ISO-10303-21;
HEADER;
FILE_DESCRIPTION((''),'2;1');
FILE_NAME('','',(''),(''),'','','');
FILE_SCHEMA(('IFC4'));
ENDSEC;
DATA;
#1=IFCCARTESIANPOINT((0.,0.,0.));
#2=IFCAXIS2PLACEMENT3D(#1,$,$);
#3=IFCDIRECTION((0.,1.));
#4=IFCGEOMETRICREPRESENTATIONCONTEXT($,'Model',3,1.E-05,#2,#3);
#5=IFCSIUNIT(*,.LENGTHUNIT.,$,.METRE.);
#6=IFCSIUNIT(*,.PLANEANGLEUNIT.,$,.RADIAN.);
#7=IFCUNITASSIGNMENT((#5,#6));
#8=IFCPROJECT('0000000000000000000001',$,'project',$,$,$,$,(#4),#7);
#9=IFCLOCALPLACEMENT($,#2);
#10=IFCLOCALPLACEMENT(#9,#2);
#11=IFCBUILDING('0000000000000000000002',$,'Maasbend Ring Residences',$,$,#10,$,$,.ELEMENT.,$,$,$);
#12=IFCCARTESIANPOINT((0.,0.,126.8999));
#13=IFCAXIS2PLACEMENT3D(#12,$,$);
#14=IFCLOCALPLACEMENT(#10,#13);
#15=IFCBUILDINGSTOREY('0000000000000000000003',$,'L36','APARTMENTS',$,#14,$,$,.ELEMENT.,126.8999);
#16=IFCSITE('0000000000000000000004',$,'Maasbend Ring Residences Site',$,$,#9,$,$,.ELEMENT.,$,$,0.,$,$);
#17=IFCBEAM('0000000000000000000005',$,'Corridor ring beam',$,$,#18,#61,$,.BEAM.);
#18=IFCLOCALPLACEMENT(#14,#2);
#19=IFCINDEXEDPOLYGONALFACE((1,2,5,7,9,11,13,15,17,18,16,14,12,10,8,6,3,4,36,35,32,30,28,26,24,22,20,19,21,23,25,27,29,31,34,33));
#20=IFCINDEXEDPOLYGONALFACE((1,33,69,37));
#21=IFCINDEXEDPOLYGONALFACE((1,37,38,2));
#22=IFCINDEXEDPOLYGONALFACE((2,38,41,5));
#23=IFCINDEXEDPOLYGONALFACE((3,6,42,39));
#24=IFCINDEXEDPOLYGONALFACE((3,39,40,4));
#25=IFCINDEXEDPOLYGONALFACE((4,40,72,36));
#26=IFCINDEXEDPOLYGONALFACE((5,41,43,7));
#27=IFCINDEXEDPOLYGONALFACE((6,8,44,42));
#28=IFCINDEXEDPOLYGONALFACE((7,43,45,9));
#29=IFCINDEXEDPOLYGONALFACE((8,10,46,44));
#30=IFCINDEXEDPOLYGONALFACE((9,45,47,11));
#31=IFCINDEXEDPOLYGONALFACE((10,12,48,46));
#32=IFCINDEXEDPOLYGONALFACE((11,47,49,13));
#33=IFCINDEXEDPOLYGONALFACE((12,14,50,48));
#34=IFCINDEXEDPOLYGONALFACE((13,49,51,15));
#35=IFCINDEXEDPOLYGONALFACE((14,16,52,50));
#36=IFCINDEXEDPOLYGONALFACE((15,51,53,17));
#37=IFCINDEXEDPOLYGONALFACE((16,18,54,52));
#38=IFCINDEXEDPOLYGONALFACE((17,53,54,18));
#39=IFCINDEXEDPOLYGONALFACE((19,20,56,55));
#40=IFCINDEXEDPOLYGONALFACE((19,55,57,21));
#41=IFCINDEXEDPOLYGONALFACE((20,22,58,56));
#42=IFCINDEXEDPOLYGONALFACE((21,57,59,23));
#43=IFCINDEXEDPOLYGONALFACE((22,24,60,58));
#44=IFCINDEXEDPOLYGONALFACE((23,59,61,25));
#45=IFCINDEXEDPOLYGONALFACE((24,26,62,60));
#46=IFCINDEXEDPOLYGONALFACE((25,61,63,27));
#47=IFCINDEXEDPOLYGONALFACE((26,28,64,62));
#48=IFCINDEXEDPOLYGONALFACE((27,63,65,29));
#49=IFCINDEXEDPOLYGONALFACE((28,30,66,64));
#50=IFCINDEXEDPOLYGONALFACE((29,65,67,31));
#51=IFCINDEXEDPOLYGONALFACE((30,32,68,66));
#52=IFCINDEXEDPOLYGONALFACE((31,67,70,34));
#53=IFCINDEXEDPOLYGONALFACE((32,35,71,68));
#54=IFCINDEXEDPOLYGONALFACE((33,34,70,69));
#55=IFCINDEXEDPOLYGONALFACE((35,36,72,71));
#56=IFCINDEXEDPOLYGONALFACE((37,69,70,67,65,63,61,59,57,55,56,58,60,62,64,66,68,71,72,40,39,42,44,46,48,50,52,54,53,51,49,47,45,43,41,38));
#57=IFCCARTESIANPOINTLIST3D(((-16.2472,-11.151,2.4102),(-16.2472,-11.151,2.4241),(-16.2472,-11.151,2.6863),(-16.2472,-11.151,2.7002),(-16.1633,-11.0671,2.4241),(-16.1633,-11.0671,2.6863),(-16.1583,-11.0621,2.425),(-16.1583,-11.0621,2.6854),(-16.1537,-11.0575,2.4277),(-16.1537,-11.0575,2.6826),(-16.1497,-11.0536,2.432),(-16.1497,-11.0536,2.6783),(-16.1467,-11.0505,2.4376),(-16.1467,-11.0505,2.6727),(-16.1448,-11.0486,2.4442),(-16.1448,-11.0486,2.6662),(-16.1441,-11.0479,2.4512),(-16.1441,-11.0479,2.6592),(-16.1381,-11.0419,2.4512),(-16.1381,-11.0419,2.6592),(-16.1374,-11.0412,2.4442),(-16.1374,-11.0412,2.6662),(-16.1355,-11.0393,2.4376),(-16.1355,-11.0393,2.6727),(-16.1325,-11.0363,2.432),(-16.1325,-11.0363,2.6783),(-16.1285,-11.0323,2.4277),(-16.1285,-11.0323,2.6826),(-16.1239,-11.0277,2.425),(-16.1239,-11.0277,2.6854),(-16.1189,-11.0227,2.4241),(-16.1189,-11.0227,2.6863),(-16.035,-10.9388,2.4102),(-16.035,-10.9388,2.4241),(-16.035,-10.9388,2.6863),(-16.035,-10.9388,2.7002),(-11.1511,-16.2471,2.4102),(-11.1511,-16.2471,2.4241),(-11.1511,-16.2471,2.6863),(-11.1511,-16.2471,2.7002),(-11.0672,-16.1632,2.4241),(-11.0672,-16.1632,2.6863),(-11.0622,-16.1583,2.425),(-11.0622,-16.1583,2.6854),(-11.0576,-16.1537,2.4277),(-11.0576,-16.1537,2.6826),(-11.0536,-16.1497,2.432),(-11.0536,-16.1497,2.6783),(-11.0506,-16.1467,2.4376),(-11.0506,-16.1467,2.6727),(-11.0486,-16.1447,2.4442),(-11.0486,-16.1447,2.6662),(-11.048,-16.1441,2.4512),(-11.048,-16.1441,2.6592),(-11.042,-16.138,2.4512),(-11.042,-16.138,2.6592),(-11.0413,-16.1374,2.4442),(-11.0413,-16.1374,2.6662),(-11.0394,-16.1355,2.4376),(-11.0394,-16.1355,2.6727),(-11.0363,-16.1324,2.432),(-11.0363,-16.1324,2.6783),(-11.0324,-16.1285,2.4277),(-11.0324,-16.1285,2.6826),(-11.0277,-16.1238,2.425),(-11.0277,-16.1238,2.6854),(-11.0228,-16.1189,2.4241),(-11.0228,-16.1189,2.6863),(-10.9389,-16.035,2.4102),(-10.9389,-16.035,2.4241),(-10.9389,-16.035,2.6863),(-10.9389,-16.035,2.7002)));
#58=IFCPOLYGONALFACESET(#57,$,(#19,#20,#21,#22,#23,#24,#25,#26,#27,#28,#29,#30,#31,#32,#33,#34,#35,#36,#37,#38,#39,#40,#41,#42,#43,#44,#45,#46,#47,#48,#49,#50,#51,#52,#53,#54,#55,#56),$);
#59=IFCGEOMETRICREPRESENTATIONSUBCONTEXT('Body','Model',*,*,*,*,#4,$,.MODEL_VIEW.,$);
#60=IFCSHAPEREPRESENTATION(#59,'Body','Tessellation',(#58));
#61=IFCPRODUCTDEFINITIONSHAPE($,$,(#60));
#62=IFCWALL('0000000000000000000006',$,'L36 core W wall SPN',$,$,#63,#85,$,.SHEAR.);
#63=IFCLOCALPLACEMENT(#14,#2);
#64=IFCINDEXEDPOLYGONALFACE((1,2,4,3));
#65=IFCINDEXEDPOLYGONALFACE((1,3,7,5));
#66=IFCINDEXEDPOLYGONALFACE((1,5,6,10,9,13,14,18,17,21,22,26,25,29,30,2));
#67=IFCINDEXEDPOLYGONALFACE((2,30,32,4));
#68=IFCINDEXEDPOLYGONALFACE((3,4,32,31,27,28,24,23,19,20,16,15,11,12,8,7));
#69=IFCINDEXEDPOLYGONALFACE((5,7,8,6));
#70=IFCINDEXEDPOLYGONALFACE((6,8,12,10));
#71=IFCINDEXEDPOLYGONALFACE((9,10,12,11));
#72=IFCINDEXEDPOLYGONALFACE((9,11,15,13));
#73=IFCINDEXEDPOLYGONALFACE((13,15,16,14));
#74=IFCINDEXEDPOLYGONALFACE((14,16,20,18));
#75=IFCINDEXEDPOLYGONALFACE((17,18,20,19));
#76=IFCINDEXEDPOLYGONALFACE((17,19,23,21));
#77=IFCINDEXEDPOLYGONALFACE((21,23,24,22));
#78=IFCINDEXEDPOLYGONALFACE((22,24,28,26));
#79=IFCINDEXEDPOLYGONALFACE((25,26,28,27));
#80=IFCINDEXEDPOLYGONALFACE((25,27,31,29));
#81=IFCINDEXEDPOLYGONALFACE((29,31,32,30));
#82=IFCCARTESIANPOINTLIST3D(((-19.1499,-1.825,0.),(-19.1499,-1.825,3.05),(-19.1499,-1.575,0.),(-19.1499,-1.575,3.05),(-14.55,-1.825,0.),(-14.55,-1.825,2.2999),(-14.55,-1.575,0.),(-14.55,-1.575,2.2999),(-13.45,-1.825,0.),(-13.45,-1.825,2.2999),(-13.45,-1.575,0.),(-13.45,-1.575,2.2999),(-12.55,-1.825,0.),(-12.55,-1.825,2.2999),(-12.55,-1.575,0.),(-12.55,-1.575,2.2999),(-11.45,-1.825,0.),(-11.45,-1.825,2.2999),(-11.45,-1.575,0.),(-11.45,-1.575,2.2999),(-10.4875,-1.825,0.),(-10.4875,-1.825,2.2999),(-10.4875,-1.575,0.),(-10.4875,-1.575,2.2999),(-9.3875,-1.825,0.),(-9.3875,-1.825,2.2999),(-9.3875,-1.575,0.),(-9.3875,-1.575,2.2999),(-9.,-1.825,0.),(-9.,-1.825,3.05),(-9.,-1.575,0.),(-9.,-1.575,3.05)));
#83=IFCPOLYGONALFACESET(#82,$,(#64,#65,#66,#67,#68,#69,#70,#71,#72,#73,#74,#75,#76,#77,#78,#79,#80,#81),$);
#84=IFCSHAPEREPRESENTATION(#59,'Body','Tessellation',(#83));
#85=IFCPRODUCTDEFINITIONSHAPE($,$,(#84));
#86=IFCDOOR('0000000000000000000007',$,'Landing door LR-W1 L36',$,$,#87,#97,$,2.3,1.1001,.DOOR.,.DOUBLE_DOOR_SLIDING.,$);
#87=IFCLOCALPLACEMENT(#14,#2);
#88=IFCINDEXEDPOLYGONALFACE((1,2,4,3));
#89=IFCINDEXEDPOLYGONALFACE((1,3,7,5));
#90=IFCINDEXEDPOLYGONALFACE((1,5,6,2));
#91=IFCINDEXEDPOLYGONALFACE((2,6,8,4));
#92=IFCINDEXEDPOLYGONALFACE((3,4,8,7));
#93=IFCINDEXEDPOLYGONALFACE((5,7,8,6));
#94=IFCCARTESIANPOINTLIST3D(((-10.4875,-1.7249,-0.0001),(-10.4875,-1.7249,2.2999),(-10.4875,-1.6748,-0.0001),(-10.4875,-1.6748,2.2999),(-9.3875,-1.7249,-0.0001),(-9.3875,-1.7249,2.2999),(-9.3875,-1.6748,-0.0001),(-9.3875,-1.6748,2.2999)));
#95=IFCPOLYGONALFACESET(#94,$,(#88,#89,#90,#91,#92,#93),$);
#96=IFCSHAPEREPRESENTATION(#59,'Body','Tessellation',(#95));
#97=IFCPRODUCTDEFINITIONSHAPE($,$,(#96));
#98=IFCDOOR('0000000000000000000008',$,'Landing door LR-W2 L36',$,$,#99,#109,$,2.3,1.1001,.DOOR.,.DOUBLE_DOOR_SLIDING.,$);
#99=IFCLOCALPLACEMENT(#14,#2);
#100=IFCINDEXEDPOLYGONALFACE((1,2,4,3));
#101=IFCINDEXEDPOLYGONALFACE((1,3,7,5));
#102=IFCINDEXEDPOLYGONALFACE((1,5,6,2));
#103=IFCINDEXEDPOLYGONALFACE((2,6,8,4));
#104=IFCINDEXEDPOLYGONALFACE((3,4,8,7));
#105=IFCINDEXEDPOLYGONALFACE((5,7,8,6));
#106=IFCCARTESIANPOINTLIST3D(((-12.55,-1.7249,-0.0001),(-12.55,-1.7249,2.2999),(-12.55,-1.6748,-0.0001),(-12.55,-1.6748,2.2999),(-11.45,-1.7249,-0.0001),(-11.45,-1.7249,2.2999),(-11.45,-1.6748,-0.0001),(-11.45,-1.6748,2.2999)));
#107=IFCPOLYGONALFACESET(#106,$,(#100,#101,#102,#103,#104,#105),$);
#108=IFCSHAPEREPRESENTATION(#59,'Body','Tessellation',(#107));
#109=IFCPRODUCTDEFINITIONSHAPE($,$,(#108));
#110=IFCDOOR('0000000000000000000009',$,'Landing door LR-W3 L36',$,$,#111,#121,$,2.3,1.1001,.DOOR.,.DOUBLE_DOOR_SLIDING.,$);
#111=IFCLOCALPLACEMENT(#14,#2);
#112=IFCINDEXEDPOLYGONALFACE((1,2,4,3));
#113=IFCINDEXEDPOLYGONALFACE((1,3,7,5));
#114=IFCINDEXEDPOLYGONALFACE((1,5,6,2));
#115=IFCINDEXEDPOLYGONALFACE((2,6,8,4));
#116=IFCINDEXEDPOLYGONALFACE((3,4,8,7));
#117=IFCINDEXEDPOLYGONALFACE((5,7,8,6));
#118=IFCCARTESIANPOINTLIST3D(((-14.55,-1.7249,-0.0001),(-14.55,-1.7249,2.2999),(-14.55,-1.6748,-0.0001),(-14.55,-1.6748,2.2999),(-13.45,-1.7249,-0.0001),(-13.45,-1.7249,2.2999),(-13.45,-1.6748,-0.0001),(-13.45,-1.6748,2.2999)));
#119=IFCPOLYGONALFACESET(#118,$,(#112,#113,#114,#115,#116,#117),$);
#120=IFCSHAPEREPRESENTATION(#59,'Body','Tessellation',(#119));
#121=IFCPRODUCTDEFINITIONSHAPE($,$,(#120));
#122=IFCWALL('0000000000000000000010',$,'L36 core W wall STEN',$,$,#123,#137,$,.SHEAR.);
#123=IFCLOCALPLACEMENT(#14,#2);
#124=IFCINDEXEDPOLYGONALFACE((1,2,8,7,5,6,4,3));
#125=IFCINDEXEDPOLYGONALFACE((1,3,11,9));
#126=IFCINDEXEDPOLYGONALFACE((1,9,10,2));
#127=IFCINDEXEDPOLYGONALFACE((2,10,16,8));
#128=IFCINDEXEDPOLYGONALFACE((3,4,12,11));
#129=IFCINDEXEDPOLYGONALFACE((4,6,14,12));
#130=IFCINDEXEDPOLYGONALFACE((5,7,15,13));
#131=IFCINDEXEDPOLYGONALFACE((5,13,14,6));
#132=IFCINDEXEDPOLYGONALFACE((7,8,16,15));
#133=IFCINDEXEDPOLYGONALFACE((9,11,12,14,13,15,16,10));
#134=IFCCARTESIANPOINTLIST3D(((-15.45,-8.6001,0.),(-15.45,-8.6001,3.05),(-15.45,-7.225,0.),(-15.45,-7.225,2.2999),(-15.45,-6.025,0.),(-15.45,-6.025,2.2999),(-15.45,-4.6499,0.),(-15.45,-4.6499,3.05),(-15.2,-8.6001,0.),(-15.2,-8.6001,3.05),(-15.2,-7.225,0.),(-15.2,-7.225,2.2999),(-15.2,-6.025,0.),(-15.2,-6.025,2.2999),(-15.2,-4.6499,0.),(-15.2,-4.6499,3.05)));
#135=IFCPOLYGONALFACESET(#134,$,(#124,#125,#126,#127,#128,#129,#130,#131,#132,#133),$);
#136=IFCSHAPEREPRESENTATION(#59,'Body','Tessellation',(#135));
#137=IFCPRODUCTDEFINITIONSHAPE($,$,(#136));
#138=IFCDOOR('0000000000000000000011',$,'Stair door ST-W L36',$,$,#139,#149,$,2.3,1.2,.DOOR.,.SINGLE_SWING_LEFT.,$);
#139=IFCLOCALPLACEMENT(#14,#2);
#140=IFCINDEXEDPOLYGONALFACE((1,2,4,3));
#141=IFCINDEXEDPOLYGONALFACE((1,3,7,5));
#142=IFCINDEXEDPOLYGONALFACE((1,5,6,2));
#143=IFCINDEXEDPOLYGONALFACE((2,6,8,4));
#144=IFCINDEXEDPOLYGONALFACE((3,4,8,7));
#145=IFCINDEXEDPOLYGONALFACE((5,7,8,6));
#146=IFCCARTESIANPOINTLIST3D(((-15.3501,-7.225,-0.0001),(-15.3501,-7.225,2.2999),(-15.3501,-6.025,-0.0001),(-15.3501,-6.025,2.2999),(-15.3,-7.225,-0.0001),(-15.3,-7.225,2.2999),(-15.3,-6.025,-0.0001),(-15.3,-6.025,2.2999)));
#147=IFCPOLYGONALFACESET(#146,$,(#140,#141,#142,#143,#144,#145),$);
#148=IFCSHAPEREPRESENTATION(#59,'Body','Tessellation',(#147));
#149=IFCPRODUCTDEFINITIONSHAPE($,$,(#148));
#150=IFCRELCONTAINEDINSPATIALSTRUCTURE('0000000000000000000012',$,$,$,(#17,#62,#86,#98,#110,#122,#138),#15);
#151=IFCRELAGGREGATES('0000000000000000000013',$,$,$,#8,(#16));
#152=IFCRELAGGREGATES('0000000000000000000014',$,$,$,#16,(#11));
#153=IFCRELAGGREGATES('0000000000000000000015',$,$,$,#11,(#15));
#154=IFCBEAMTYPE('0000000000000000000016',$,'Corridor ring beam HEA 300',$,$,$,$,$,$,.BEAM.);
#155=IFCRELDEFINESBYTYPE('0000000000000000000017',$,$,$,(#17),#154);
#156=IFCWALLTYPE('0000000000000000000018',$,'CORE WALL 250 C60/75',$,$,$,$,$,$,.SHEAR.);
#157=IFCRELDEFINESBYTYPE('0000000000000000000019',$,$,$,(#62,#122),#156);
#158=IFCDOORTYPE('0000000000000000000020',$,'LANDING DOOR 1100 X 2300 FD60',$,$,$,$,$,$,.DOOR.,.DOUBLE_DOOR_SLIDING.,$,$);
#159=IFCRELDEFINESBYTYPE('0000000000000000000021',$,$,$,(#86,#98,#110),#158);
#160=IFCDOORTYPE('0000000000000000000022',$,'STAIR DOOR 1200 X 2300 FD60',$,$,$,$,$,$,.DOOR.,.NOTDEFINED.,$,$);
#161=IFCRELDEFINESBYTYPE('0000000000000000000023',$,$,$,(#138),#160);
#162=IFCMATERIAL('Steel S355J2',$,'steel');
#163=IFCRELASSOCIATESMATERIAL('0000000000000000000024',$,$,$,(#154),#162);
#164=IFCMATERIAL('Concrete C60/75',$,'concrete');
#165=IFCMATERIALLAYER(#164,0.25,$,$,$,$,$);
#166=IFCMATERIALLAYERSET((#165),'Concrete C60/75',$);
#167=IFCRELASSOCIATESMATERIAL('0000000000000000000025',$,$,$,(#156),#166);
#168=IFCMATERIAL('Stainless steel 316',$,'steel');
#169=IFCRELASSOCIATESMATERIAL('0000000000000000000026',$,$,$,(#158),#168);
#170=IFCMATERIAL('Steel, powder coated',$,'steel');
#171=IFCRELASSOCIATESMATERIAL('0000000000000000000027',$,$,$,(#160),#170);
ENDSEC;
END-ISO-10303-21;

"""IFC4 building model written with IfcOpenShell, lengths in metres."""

from ifc_helpers import new_model, si_unit, direction, frame, frame_2d, origin, origin_2d, place, context, subcontext, project, spatial, rectangle, i_section, extrude, material, layer, layer_set, material_profile, profile_set, type_object, element, fill, save


model = new_model("IFC4")

# Units and contexts
model_context = context("Model", 3, precision=1e-05, world=origin(), true_north=direction((0.0, 1.0)))
body_context = subcontext(model_context, "Body", "Model", "MODEL_VIEW")
ifc_project = project(units=[si_unit("LENGTHUNIT", "METRE"), si_unit("PLANEANGLEUNIT", "RADIAN")], contexts=[model_context])

# Site, building, storey
site_placement = place(None, origin())
site = spatial("IfcSite", under=ifc_project, at=site_placement, Name="Maasbend Ring Residences Site", CompositionType="ELEMENT", RefElevation=0.0)
building_placement = place(site_placement, origin())
building = spatial("IfcBuilding", under=site, at=building_placement, Name="Maasbend Ring Residences", CompositionType="ELEMENT")
storey_placement = place(building_placement, frame((0.0, 0.0, 126.8999)))
storey = spatial("IfcBuildingStorey", under=building, at=storey_placement, Name="L36", Description="APARTMENTS", CompositionType="ELEMENT", Elevation=126.8999)

# Beam
ifc_material_1 = material(Name="Steel S355J2", Category="steel")
ifc_material_profile = material_profile(ifc_material_1, i_section(OverallWidth=0.3, OverallDepth=0.29, WebThickness=0.0085, FlangeThickness=0.0139, FilletRadius=0.0271, at=origin_2d()), Name="HEA 300")
ifc_profile_set = profile_set([ifc_material_profile], Name="Steel S355J2")
beam_type = type_object("IfcBeamType", Name="Corridor ring beam HEA 300", PredefinedType="BEAM", material=ifc_profile_set)
beam_placement = place(storey_placement, frame((-16.1411, -11.0449, 2.5552), z_axis=(0.707107, -0.707107, 0.0), x_axis=(0.707107, 0.707107, 0.0)))
element("IfcBeam", 1, at=beam_placement, inside=storey, type_object=beam_type, Name="Corridor ring beam", PredefinedType="BEAM", context=body_context, shape_type="SweptSolid", body=[
    extrude(i_section(OverallWidth=0.3, OverallDepth=0.29, WebThickness=0.0085, FlangeThickness=0.0139, FilletRadius=0.0271, at=origin_2d()), origin(), (0.0, 0.0, 1.0), 7.207),
])

# Wall, openings, doors
ifc_material_2 = material(Name="Concrete C60/75", Category="concrete")
ifc_layer_1 = layer(ifc_material_2, 0.25)
ifc_layer_set_1 = layer_set([ifc_layer_1], Name="Concrete C60/75")
wall_type_1 = type_object("IfcWallType", Name="CORE WALL 250 C60/75", PredefinedType="SHEAR", material=ifc_layer_set_1)
wall_1_placement = place(storey_placement, frame((-9.0, -1.7, 0.0), z_axis=(0.0, 0.0, 1.0), x_axis=(-1.0, 0.0, 0.0)))
wall_1 = element("IfcWall", 2, at=wall_1_placement, inside=storey, type_object=wall_type_1, Name="L36 core W wall SPN", PredefinedType="SHEAR", context=body_context, shape_type="SweptSolid", body=[
    extrude(rectangle(XDim=10.1499, YDim=0.25, at=frame_2d((5.075, 0.0))), origin(), (0.0, 0.0, 1.0), 3.05),
])
opening_1_placement = place(wall_1_placement, frame((0.3875, 0.0, 0.0)))
opening_1 = element("IfcOpeningElement", 3, at=opening_1_placement, cuts=wall_1, PredefinedType="OPENING", context=body_context, shape_type="SweptSolid", body=[
    extrude(rectangle(XDim=1.1001, YDim=2.3, at=frame_2d((0.55, 1.1499))), frame((0.0, 0.135, 0.0), z_axis=(0.0, -1.0, 0.0), x_axis=(1.0, 0.0, 0.0)), (0.0, 0.0, 1.0), 0.27),
])
opening_2_placement = place(wall_1_placement, frame((2.45, 0.0, 0.0)))
opening_2 = element("IfcOpeningElement", 4, at=opening_2_placement, cuts=wall_1, PredefinedType="OPENING", context=body_context, shape_type="SweptSolid", body=[
    extrude(rectangle(XDim=1.1001, YDim=2.3, at=frame_2d((0.55, 1.1499))), frame((0.0, 0.135, 0.0), z_axis=(0.0, -1.0, 0.0), x_axis=(1.0, 0.0, 0.0)), (0.0, 0.0, 1.0), 0.27),
])
opening_3_placement = place(wall_1_placement, frame((4.45, 0.0, 0.0)))
opening_3 = element("IfcOpeningElement", 5, at=opening_3_placement, cuts=wall_1, PredefinedType="OPENING", context=body_context, shape_type="SweptSolid", body=[
    extrude(rectangle(XDim=1.1001, YDim=2.3, at=frame_2d((0.55, 1.1499))), frame((0.0, 0.135, 0.0), z_axis=(0.0, -1.0, 0.0), x_axis=(1.0, 0.0, 0.0)), (0.0, 0.0, 1.0), 0.27),
])
ifc_material_3 = material(Name="Stainless steel 316", Category="steel")
door_type_1 = type_object("IfcDoorType", Name="LANDING DOOR 1100 X 2300 FD60", OperationType="DOUBLE_DOOR_SLIDING", PredefinedType="DOOR", material=ifc_material_3)
door_1_placement = place(opening_1_placement, origin())
door_1 = element("IfcDoor", 6, at=door_1_placement, inside=storey, type_object=door_type_1, Name="Landing door LR-W1 L36", OperationType="DOUBLE_DOOR_SLIDING", OverallHeight=2.3, OverallWidth=1.1001, PredefinedType="DOOR", context=body_context, shape_type="SweptSolid", body=[
    extrude(rectangle(XDim=1.1001, YDim=2.3, at=frame_2d((0.55, 1.1499))), frame((0.0, 0.0249, 0.0), z_axis=(0.0, -1.0, 0.0), x_axis=(1.0, 0.0, 0.0)), (0.0, 0.0, 1.0), 0.05),
])
fill(opening_1, door_1)
door_2_placement = place(opening_2_placement, origin())
door_2 = element("IfcDoor", 7, at=door_2_placement, inside=storey, type_object=door_type_1, Name="Landing door LR-W2 L36", OperationType="DOUBLE_DOOR_SLIDING", OverallHeight=2.3, OverallWidth=1.1001, PredefinedType="DOOR", context=body_context, shape_type="SweptSolid", body=[
    extrude(rectangle(XDim=1.1001, YDim=2.3, at=frame_2d((0.55, 1.1499))), frame((0.0, 0.0249, 0.0), z_axis=(0.0, -1.0, 0.0), x_axis=(1.0, 0.0, 0.0)), (0.0, 0.0, 1.0), 0.05),
])
fill(opening_2, door_2)
door_3_placement = place(opening_3_placement, origin())
door_3 = element("IfcDoor", 8, at=door_3_placement, inside=storey, type_object=door_type_1, Name="Landing door LR-W3 L36", OperationType="DOUBLE_DOOR_SLIDING", OverallHeight=2.3, OverallWidth=1.1001, PredefinedType="DOOR", context=body_context, shape_type="SweptSolid", body=[
    extrude(rectangle(XDim=1.1001, YDim=2.3, at=frame_2d((0.55, 1.1499))), frame((0.0, 0.0249, 0.0), z_axis=(0.0, -1.0, 0.0), x_axis=(1.0, 0.0, 0.0)), (0.0, 0.0, 1.0), 0.05),
])
fill(opening_3, door_3)

# Wall, opening, door
wall_2_placement = place(storey_placement, frame((-15.325, -4.6499, 0.0), z_axis=(0.0, 0.0, 1.0), x_axis=(0.0, -1.0, 0.0)))
wall_2 = element("IfcWall", 9, at=wall_2_placement, inside=storey, type_object=wall_type_1, Name="L36 core W wall STEN", PredefinedType="SHEAR", context=body_context, shape_type="SweptSolid", body=[
    extrude(rectangle(XDim=3.9502, YDim=0.25, at=frame_2d((1.9751, 0.0))), origin(), (0.0, 0.0, 1.0), 3.05),
])
opening_4_placement = place(wall_2_placement, frame((1.375, 0.0, 0.0)))
opening_4 = element("IfcOpeningElement", 10, at=opening_4_placement, cuts=wall_2, PredefinedType="OPENING", context=body_context, shape_type="SweptSolid", body=[
    extrude(rectangle(XDim=1.2, YDim=2.3, at=frame_2d((0.6001, 1.1499))), frame((0.0, 0.135, 0.0), z_axis=(0.0, -1.0, 0.0), x_axis=(1.0, 0.0, 0.0)), (0.0, 0.0, 1.0), 0.27),
])
ifc_material_4 = material(Name="Steel, powder coated", Category="steel")
door_type_2 = type_object("IfcDoorType", Name="STAIR DOOR 1200 X 2300 FD60", OperationType="NOTDEFINED", PredefinedType="DOOR", material=ifc_material_4)
door_4_placement = place(opening_4_placement, origin())
door_4 = element("IfcDoor", 11, at=door_4_placement, inside=storey, type_object=door_type_2, Name="Stair door ST-W L36", OperationType="SINGLE_SWING_LEFT", OverallHeight=2.3, OverallWidth=1.2, PredefinedType="DOOR", context=body_context, shape_type="SweptSolid", body=[
    extrude(rectangle(XDim=1.2, YDim=2.3, at=frame_2d((0.6001, 1.1499))), frame((0.0, 0.0249, 0.0), z_axis=(0.0, -1.0, 0.0), x_axis=(1.0, 0.0, 0.0)), (0.0, 0.0, 1.0), 0.05),
])
fill(opening_4, door_4)

save(model, "model.ifc")
